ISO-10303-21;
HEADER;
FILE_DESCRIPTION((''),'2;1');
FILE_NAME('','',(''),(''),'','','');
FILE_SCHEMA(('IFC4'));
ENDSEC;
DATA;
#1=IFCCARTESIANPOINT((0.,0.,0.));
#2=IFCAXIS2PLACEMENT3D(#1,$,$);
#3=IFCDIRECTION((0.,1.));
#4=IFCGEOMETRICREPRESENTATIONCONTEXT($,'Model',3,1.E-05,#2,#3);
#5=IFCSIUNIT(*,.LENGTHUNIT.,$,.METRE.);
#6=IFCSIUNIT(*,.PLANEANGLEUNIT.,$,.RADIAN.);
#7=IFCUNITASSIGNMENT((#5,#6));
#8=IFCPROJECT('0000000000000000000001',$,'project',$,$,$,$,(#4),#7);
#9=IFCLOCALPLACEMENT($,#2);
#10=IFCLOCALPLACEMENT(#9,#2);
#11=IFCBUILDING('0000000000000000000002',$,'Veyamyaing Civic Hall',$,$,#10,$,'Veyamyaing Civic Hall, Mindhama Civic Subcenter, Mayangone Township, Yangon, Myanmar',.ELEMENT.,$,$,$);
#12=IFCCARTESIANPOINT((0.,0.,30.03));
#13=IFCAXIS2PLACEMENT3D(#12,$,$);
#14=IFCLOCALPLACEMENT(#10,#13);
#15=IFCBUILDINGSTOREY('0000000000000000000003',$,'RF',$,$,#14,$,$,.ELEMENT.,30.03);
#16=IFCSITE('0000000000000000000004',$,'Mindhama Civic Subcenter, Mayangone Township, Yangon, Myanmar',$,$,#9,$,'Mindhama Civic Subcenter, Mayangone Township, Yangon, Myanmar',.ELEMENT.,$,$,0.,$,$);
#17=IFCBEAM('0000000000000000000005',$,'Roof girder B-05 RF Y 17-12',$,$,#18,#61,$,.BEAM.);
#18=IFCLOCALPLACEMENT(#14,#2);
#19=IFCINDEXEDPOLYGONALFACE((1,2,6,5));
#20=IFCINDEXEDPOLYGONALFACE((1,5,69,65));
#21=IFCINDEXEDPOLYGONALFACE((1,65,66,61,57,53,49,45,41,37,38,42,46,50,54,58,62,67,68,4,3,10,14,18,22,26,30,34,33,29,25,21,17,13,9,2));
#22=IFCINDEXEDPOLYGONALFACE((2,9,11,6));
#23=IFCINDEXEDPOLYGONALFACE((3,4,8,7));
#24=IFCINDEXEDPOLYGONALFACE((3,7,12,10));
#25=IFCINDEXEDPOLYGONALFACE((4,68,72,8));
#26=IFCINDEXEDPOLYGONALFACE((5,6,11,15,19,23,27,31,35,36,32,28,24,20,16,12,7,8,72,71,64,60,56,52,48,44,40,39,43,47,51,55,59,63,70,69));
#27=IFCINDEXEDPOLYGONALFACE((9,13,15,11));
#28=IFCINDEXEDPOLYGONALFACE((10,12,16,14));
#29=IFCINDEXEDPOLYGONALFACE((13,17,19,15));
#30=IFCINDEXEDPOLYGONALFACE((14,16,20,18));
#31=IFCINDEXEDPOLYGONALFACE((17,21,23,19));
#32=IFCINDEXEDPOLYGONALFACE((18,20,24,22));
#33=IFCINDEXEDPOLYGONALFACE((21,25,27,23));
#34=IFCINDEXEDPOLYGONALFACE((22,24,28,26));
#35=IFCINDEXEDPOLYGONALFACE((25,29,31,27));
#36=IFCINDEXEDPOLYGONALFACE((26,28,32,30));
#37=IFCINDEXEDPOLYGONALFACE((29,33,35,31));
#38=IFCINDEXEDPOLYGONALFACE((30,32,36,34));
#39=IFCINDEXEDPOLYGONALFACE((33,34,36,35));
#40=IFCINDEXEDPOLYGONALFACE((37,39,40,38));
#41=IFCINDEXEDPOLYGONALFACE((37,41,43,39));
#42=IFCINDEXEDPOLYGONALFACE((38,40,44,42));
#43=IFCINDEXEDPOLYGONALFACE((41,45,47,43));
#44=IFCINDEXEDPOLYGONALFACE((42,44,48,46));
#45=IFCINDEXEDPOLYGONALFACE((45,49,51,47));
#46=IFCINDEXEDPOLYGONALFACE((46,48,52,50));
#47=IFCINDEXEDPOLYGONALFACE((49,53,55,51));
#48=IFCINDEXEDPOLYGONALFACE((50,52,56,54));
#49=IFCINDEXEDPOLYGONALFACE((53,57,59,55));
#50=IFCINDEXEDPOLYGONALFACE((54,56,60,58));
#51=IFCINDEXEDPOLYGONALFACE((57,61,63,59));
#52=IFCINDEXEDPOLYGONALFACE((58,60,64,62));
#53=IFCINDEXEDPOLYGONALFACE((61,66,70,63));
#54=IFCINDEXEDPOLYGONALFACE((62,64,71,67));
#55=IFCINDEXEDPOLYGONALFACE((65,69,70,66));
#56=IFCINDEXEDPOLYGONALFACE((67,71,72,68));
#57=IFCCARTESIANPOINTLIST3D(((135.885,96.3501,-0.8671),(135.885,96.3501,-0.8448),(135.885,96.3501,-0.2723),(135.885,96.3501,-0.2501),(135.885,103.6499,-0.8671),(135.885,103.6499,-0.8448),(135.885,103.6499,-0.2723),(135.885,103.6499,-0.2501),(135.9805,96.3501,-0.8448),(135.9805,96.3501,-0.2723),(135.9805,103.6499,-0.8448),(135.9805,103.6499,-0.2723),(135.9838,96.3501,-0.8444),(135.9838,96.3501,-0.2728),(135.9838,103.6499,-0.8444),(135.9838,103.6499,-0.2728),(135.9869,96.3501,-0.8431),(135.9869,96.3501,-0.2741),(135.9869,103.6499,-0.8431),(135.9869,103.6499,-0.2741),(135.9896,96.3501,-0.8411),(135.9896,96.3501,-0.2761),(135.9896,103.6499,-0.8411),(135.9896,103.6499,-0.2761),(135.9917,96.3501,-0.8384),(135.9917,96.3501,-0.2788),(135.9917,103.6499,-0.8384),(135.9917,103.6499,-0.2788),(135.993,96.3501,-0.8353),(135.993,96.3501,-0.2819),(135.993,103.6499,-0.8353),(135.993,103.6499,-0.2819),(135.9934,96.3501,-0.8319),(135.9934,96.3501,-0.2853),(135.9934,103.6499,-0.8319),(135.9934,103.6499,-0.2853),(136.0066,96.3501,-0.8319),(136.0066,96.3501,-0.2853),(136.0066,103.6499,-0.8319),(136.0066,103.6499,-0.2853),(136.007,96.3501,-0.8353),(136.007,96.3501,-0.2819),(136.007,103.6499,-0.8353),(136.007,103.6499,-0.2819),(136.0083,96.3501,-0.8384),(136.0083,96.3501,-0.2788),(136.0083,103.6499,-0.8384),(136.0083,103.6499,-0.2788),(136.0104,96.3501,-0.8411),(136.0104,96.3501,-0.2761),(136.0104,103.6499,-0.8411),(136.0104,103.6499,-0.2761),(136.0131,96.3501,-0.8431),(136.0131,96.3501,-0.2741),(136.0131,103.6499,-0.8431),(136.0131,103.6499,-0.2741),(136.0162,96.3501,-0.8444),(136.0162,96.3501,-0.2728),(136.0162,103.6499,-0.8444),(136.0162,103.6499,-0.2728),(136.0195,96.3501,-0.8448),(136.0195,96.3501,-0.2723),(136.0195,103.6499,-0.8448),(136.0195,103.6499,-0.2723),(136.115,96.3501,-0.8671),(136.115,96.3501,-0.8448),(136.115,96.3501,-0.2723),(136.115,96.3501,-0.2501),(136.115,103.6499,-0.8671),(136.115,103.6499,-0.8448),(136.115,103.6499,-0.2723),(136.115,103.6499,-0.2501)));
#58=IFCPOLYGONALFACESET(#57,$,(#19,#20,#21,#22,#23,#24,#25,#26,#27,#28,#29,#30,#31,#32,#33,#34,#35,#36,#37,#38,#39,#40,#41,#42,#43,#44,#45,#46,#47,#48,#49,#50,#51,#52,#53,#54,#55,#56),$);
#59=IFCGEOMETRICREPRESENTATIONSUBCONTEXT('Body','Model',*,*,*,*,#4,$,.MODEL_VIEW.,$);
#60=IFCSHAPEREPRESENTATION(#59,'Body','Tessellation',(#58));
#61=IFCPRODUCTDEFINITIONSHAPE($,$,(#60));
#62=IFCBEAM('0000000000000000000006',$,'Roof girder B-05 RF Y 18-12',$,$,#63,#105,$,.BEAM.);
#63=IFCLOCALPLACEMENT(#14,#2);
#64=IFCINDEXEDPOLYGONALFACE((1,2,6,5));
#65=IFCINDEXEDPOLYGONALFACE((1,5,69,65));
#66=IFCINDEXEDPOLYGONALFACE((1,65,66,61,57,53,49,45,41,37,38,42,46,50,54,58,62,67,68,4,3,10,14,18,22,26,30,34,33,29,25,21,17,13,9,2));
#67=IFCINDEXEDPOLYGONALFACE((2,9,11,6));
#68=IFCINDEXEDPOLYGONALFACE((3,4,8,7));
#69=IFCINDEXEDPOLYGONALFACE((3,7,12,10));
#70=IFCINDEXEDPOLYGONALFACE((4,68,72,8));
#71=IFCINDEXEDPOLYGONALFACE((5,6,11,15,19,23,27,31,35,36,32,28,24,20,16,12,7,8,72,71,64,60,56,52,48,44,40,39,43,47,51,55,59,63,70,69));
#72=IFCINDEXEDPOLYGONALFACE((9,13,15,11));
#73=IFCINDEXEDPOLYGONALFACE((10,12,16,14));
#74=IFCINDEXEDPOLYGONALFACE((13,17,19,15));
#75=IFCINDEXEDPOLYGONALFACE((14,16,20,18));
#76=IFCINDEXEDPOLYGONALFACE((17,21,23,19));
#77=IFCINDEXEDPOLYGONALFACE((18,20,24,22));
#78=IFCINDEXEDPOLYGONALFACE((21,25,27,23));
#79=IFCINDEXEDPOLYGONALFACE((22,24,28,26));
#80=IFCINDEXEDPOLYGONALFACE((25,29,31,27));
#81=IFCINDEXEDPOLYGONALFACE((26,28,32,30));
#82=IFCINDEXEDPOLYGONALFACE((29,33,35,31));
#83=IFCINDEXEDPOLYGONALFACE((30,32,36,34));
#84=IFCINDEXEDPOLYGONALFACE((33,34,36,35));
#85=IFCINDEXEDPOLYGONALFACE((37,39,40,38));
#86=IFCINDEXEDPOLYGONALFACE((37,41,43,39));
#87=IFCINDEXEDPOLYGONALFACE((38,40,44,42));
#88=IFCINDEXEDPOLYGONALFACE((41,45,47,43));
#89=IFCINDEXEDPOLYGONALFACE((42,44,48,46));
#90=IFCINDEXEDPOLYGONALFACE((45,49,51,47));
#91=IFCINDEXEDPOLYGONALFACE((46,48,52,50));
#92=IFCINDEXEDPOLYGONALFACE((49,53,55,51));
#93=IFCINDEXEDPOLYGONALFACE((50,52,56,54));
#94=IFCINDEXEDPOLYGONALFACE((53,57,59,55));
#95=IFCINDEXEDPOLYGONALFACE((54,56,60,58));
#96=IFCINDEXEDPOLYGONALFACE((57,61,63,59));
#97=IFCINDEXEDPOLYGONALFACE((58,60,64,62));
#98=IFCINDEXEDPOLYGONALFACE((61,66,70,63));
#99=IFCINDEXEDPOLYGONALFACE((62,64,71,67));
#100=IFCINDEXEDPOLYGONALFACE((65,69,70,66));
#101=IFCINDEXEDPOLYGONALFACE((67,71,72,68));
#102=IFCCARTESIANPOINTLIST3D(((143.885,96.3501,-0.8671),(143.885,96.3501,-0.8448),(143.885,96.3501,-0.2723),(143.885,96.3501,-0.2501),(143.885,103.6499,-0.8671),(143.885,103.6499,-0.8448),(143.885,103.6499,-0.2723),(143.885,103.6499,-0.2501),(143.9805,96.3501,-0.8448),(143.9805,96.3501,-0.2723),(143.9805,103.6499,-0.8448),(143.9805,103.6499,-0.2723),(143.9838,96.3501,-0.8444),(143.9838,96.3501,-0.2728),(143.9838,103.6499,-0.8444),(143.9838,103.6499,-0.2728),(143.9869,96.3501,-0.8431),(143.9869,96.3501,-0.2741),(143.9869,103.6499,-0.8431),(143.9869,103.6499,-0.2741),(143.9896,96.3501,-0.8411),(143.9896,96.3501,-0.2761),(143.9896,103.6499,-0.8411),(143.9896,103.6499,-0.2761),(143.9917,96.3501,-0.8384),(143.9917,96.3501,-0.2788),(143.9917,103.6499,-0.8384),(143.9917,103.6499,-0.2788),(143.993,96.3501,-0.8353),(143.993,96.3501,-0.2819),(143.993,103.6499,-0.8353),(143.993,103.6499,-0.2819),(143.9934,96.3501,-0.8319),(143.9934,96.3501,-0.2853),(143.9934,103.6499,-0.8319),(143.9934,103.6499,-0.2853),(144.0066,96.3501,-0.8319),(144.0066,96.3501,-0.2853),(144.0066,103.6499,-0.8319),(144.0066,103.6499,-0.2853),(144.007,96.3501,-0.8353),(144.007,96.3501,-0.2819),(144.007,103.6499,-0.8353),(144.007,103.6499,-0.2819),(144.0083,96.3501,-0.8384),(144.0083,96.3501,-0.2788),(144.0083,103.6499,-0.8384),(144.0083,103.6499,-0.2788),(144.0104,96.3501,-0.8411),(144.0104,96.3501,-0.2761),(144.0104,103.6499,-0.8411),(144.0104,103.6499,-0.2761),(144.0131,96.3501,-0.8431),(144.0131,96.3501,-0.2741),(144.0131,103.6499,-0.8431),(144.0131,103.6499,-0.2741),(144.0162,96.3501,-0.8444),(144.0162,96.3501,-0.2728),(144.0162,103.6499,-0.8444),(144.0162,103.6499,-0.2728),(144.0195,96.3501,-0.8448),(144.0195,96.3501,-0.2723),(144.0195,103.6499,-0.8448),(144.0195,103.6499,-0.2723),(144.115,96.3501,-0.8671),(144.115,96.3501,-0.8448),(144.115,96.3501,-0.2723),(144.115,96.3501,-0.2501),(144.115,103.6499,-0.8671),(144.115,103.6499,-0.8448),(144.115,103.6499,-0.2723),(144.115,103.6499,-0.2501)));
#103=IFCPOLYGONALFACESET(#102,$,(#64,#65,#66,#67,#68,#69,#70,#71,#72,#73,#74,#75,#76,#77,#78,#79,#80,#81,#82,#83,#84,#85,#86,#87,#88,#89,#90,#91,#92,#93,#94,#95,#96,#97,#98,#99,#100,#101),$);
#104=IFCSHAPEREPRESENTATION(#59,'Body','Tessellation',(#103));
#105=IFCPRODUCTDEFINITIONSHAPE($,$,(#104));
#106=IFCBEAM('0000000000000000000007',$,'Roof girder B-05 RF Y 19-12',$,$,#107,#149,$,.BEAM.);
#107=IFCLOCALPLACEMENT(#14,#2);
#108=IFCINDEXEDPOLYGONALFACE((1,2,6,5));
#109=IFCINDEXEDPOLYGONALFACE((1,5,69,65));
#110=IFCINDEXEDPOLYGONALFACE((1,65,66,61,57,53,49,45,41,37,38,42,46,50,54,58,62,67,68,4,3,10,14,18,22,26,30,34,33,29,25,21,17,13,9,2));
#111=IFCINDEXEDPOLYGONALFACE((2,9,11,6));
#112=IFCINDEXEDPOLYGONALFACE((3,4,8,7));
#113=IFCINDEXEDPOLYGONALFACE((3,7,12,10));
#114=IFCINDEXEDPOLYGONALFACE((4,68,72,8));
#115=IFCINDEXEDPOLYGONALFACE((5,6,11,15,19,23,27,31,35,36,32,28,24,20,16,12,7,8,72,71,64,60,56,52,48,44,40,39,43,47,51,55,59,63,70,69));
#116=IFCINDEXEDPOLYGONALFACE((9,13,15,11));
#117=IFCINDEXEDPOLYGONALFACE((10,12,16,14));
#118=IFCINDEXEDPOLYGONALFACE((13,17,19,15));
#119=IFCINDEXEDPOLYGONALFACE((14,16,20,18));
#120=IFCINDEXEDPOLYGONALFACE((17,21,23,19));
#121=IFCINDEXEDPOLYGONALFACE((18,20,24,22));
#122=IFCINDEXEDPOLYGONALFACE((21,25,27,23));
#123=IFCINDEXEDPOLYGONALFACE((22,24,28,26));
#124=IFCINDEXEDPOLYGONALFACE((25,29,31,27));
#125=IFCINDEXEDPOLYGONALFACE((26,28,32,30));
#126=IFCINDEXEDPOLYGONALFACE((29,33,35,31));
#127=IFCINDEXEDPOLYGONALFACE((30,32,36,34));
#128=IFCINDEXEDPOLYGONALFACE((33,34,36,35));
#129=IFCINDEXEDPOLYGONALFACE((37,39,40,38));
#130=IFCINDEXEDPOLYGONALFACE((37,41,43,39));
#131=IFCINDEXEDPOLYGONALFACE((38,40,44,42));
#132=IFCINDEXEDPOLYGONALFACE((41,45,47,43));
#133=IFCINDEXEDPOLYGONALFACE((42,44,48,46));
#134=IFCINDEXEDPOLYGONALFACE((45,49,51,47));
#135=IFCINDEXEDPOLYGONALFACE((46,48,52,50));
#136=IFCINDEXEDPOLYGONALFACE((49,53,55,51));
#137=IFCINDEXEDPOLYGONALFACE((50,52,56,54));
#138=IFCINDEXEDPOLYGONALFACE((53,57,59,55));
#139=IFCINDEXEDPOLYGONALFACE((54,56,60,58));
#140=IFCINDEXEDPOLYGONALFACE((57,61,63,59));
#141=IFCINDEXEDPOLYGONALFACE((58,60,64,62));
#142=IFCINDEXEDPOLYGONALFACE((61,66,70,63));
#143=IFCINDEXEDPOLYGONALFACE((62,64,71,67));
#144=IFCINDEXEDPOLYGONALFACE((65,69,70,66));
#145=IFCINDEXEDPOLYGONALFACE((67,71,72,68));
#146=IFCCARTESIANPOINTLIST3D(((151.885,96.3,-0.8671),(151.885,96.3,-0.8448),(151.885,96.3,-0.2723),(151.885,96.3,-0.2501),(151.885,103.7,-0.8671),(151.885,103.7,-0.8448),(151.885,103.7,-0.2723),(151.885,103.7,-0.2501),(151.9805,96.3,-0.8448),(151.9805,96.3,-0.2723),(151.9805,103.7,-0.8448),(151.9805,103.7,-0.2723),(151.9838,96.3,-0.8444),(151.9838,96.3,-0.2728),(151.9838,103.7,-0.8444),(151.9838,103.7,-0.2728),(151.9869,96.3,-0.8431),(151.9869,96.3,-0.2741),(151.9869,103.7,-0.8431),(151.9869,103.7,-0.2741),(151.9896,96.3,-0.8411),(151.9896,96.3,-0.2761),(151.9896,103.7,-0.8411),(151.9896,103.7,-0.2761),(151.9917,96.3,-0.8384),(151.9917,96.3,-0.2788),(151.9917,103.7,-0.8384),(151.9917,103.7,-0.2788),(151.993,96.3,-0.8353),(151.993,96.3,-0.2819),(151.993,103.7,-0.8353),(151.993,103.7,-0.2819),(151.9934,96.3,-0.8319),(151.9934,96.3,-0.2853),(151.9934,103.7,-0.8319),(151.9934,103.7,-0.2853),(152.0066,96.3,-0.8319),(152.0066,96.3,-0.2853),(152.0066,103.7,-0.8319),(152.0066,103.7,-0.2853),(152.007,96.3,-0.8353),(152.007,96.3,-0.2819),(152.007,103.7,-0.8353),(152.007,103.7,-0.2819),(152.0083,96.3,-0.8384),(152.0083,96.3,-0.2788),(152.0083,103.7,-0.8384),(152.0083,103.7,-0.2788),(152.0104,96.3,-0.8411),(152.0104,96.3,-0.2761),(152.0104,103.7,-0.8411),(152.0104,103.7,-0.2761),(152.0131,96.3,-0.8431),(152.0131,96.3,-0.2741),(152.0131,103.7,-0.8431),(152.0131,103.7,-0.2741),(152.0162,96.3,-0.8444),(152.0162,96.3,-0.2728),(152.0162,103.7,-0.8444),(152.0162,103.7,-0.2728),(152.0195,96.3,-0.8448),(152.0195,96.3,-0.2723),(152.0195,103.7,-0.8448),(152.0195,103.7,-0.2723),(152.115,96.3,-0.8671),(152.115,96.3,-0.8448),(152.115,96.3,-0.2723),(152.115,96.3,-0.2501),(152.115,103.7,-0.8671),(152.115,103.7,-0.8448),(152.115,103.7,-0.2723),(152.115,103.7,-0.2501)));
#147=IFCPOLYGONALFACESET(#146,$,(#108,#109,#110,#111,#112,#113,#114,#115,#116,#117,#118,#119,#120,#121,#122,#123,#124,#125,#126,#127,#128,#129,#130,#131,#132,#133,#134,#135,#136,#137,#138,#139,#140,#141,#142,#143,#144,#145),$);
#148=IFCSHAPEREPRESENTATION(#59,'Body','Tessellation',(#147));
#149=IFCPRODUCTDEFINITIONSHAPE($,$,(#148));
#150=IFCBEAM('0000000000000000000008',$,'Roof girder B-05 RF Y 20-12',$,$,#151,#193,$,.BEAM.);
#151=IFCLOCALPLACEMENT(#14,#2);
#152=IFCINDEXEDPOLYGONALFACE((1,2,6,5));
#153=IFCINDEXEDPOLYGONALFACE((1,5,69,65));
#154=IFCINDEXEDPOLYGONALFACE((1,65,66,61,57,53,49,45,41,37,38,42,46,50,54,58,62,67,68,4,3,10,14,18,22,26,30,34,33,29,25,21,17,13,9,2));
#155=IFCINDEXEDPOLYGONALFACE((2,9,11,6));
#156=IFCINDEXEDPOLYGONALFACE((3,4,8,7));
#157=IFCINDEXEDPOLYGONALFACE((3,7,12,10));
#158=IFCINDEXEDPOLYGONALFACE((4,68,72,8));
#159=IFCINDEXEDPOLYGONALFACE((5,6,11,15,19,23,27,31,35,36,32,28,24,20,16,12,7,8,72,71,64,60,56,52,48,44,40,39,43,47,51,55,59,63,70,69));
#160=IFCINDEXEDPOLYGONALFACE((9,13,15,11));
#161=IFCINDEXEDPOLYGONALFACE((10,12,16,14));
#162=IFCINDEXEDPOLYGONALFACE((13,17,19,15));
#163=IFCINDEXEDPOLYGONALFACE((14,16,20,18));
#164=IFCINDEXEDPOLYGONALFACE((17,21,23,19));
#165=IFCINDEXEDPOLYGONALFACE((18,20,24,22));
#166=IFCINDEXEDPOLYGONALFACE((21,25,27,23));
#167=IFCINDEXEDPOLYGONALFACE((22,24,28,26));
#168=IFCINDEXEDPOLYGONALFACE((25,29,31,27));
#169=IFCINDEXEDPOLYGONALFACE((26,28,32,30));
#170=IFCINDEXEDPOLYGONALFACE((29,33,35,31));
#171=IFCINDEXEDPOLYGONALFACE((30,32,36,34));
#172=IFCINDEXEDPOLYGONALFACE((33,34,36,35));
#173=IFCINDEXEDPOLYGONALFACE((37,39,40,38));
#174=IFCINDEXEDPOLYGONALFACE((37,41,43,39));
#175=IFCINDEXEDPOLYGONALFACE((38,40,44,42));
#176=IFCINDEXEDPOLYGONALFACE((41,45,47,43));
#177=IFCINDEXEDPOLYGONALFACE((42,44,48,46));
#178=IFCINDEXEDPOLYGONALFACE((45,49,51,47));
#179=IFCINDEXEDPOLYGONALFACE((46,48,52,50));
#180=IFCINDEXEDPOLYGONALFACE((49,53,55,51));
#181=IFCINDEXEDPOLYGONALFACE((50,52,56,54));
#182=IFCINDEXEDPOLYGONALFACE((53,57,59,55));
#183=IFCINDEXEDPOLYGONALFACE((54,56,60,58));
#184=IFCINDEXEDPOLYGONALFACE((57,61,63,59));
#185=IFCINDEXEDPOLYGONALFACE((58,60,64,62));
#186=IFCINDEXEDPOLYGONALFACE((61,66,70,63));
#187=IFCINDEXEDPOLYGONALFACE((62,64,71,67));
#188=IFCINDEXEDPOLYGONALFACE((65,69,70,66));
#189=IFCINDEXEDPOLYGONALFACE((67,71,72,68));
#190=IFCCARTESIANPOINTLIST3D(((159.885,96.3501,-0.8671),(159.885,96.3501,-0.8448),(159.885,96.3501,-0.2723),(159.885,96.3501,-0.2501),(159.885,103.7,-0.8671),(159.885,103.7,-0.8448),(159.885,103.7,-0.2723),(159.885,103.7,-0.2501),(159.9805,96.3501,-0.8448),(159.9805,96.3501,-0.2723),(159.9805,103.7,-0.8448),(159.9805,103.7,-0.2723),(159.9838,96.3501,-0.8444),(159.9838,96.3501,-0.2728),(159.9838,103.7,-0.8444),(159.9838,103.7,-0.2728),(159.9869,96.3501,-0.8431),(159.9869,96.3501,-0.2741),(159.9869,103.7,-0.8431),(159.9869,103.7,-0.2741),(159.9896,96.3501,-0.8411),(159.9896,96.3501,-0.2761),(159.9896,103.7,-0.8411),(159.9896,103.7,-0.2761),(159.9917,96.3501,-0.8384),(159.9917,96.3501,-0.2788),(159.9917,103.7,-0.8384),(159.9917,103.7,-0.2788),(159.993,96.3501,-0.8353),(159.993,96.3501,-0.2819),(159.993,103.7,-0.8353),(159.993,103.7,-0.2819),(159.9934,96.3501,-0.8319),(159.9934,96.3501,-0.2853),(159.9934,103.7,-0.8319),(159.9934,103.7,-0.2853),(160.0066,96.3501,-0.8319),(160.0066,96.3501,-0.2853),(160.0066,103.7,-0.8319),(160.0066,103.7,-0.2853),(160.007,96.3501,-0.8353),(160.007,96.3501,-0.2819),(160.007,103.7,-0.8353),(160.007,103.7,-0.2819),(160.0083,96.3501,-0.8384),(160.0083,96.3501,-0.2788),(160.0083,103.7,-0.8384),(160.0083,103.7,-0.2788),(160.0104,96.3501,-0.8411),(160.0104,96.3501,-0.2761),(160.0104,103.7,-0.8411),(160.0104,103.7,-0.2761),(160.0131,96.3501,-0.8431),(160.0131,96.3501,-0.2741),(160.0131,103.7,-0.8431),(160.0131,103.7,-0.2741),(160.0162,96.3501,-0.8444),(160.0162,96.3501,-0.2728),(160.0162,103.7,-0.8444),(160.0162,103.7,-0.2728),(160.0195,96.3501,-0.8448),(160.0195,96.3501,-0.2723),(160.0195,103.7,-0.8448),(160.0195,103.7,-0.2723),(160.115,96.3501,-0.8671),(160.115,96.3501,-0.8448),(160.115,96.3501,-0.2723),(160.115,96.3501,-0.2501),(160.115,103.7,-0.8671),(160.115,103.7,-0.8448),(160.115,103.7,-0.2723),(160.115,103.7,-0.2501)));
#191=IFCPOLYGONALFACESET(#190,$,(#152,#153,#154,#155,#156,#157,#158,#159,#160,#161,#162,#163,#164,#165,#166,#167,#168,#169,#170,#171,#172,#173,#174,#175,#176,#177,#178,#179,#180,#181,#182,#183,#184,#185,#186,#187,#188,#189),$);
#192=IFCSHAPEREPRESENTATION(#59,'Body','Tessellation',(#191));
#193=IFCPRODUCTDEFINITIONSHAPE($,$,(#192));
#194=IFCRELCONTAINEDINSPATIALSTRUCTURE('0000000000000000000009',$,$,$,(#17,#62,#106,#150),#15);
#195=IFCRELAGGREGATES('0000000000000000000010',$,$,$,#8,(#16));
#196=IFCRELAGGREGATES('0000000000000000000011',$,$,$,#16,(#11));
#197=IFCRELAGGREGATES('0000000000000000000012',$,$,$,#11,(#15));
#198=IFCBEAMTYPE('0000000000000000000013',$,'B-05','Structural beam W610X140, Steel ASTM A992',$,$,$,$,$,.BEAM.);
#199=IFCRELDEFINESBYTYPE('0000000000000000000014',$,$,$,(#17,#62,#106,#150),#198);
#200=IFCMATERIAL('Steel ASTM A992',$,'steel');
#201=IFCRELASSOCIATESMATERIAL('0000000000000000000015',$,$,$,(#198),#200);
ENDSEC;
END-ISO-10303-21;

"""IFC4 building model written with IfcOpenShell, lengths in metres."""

from ifc_helpers import new_model, si_unit, direction, frame, origin, origin_2d, place, context, subcontext, project, spatial, i_section, extrude, material, material_profile, profile_set, type_object, element, save


model = new_model("IFC4")

# Units and contexts
model_context = context("Model", 3, precision=1e-05, world=origin(), true_north=direction((0.0, 1.0)))
body_context = subcontext(model_context, "Body", "Model", "MODEL_VIEW")
ifc_project = project(units=[si_unit("LENGTHUNIT", "METRE"), si_unit("PLANEANGLEUNIT", "RADIAN")], contexts=[model_context])

# Site, building, storey
site_placement = place(None, origin())
site = spatial("IfcSite", under=ifc_project, at=site_placement, Name="Mindhama Civic Subcenter, Mayangone Township, Yangon, Myanmar", LongName="Mindhama Civic Subcenter, Mayangone Township, Yangon, Myanmar", CompositionType="ELEMENT", RefElevation=0.0)
building_placement = place(site_placement, origin())
building = spatial("IfcBuilding", under=site, at=building_placement, Name="Veyamyaing Civic Hall", LongName="Veyamyaing Civic Hall, Mindhama Civic Subcenter, Mayangone Township, Yangon, Myanmar", CompositionType="ELEMENT")
storey_placement = place(building_placement, frame((0.0, 0.0, 30.03)))
storey = spatial("IfcBuildingStorey", under=building, at=storey_placement, Name="RF", CompositionType="ELEMENT", Elevation=30.03)

# Beams
ifc_material_1 = material(Name="Steel ASTM A992", Category="steel")
ifc_material_profile_1 = material_profile(ifc_material_1, i_section(OverallWidth=0.23, OverallDepth=0.6169, WebThickness=0.0132, FlangeThickness=0.0222, FilletRadius=0.0129, at=origin_2d()), Name="W610X140")
ifc_profile_set_1 = profile_set([ifc_material_profile_1], Name="Steel ASTM A992")
beam_type_1 = type_object("IfcBeamType", Name="B-05", Description="Structural beam W610X140, Steel ASTM A992", PredefinedType="BEAM", material=ifc_profile_set_1)
for number, where, z_axis, x_axis, name in (
    (1, (136.0, 96.3501, -0.5586), (0.0, 1.0, 0.0), (-1.0, 0.0, 0.0), "Roof girder B-05 RF Y 17-12"),
    (2, (144.0, 96.3501, -0.5586), (0.0, 1.0, 0.0), (-1.0, 0.0, 0.0), "Roof girder B-05 RF Y 18-12"),
):
    element("IfcBeam", number, at=place(storey_placement, frame(where, z_axis=z_axis, x_axis=x_axis)), inside=storey, type_object=beam_type_1, Name=name, PredefinedType="BEAM", context=body_context, shape_type="SweptSolid", body=[
        extrude(i_section(OverallWidth=0.23, OverallDepth=0.6169, WebThickness=0.0132, FlangeThickness=0.0222, FilletRadius=0.0129, at=origin_2d()), origin(), (0.0, 0.0, 1.0), 7.2998),
    ])
beam_1_placement = place(storey_placement, frame((152.0, 96.3, -0.5586), z_axis=(0.0, 1.0, 0.0), x_axis=(-1.0, 0.0, 0.0)))
element("IfcBeam", 3, at=beam_1_placement, inside=storey, type_object=beam_type_1, Name="Roof girder B-05 RF Y 19-12", PredefinedType="BEAM", context=body_context, shape_type="SweptSolid", body=[
    extrude(i_section(OverallWidth=0.23, OverallDepth=0.6169, WebThickness=0.0132, FlangeThickness=0.0222, FilletRadius=0.0129, at=origin_2d()), origin(), (0.0, 0.0, 1.0), 7.3999),
])
beam_2_placement = place(storey_placement, frame((160.0, 96.3501, -0.5586), z_axis=(0.0, 1.0, 0.0), x_axis=(-1.0, 0.0, 0.0)))
element("IfcBeam", 4, at=beam_2_placement, inside=storey, type_object=beam_type_1, Name="Roof girder B-05 RF Y 20-12", PredefinedType="BEAM", context=body_context, shape_type="SweptSolid", body=[
    extrude(i_section(OverallWidth=0.23, OverallDepth=0.6169, WebThickness=0.0132, FlangeThickness=0.0222, FilletRadius=0.0129, at=origin_2d()), origin(), (0.0, 0.0, 1.0), 7.3499),
])

save(model, "model.ifc")
